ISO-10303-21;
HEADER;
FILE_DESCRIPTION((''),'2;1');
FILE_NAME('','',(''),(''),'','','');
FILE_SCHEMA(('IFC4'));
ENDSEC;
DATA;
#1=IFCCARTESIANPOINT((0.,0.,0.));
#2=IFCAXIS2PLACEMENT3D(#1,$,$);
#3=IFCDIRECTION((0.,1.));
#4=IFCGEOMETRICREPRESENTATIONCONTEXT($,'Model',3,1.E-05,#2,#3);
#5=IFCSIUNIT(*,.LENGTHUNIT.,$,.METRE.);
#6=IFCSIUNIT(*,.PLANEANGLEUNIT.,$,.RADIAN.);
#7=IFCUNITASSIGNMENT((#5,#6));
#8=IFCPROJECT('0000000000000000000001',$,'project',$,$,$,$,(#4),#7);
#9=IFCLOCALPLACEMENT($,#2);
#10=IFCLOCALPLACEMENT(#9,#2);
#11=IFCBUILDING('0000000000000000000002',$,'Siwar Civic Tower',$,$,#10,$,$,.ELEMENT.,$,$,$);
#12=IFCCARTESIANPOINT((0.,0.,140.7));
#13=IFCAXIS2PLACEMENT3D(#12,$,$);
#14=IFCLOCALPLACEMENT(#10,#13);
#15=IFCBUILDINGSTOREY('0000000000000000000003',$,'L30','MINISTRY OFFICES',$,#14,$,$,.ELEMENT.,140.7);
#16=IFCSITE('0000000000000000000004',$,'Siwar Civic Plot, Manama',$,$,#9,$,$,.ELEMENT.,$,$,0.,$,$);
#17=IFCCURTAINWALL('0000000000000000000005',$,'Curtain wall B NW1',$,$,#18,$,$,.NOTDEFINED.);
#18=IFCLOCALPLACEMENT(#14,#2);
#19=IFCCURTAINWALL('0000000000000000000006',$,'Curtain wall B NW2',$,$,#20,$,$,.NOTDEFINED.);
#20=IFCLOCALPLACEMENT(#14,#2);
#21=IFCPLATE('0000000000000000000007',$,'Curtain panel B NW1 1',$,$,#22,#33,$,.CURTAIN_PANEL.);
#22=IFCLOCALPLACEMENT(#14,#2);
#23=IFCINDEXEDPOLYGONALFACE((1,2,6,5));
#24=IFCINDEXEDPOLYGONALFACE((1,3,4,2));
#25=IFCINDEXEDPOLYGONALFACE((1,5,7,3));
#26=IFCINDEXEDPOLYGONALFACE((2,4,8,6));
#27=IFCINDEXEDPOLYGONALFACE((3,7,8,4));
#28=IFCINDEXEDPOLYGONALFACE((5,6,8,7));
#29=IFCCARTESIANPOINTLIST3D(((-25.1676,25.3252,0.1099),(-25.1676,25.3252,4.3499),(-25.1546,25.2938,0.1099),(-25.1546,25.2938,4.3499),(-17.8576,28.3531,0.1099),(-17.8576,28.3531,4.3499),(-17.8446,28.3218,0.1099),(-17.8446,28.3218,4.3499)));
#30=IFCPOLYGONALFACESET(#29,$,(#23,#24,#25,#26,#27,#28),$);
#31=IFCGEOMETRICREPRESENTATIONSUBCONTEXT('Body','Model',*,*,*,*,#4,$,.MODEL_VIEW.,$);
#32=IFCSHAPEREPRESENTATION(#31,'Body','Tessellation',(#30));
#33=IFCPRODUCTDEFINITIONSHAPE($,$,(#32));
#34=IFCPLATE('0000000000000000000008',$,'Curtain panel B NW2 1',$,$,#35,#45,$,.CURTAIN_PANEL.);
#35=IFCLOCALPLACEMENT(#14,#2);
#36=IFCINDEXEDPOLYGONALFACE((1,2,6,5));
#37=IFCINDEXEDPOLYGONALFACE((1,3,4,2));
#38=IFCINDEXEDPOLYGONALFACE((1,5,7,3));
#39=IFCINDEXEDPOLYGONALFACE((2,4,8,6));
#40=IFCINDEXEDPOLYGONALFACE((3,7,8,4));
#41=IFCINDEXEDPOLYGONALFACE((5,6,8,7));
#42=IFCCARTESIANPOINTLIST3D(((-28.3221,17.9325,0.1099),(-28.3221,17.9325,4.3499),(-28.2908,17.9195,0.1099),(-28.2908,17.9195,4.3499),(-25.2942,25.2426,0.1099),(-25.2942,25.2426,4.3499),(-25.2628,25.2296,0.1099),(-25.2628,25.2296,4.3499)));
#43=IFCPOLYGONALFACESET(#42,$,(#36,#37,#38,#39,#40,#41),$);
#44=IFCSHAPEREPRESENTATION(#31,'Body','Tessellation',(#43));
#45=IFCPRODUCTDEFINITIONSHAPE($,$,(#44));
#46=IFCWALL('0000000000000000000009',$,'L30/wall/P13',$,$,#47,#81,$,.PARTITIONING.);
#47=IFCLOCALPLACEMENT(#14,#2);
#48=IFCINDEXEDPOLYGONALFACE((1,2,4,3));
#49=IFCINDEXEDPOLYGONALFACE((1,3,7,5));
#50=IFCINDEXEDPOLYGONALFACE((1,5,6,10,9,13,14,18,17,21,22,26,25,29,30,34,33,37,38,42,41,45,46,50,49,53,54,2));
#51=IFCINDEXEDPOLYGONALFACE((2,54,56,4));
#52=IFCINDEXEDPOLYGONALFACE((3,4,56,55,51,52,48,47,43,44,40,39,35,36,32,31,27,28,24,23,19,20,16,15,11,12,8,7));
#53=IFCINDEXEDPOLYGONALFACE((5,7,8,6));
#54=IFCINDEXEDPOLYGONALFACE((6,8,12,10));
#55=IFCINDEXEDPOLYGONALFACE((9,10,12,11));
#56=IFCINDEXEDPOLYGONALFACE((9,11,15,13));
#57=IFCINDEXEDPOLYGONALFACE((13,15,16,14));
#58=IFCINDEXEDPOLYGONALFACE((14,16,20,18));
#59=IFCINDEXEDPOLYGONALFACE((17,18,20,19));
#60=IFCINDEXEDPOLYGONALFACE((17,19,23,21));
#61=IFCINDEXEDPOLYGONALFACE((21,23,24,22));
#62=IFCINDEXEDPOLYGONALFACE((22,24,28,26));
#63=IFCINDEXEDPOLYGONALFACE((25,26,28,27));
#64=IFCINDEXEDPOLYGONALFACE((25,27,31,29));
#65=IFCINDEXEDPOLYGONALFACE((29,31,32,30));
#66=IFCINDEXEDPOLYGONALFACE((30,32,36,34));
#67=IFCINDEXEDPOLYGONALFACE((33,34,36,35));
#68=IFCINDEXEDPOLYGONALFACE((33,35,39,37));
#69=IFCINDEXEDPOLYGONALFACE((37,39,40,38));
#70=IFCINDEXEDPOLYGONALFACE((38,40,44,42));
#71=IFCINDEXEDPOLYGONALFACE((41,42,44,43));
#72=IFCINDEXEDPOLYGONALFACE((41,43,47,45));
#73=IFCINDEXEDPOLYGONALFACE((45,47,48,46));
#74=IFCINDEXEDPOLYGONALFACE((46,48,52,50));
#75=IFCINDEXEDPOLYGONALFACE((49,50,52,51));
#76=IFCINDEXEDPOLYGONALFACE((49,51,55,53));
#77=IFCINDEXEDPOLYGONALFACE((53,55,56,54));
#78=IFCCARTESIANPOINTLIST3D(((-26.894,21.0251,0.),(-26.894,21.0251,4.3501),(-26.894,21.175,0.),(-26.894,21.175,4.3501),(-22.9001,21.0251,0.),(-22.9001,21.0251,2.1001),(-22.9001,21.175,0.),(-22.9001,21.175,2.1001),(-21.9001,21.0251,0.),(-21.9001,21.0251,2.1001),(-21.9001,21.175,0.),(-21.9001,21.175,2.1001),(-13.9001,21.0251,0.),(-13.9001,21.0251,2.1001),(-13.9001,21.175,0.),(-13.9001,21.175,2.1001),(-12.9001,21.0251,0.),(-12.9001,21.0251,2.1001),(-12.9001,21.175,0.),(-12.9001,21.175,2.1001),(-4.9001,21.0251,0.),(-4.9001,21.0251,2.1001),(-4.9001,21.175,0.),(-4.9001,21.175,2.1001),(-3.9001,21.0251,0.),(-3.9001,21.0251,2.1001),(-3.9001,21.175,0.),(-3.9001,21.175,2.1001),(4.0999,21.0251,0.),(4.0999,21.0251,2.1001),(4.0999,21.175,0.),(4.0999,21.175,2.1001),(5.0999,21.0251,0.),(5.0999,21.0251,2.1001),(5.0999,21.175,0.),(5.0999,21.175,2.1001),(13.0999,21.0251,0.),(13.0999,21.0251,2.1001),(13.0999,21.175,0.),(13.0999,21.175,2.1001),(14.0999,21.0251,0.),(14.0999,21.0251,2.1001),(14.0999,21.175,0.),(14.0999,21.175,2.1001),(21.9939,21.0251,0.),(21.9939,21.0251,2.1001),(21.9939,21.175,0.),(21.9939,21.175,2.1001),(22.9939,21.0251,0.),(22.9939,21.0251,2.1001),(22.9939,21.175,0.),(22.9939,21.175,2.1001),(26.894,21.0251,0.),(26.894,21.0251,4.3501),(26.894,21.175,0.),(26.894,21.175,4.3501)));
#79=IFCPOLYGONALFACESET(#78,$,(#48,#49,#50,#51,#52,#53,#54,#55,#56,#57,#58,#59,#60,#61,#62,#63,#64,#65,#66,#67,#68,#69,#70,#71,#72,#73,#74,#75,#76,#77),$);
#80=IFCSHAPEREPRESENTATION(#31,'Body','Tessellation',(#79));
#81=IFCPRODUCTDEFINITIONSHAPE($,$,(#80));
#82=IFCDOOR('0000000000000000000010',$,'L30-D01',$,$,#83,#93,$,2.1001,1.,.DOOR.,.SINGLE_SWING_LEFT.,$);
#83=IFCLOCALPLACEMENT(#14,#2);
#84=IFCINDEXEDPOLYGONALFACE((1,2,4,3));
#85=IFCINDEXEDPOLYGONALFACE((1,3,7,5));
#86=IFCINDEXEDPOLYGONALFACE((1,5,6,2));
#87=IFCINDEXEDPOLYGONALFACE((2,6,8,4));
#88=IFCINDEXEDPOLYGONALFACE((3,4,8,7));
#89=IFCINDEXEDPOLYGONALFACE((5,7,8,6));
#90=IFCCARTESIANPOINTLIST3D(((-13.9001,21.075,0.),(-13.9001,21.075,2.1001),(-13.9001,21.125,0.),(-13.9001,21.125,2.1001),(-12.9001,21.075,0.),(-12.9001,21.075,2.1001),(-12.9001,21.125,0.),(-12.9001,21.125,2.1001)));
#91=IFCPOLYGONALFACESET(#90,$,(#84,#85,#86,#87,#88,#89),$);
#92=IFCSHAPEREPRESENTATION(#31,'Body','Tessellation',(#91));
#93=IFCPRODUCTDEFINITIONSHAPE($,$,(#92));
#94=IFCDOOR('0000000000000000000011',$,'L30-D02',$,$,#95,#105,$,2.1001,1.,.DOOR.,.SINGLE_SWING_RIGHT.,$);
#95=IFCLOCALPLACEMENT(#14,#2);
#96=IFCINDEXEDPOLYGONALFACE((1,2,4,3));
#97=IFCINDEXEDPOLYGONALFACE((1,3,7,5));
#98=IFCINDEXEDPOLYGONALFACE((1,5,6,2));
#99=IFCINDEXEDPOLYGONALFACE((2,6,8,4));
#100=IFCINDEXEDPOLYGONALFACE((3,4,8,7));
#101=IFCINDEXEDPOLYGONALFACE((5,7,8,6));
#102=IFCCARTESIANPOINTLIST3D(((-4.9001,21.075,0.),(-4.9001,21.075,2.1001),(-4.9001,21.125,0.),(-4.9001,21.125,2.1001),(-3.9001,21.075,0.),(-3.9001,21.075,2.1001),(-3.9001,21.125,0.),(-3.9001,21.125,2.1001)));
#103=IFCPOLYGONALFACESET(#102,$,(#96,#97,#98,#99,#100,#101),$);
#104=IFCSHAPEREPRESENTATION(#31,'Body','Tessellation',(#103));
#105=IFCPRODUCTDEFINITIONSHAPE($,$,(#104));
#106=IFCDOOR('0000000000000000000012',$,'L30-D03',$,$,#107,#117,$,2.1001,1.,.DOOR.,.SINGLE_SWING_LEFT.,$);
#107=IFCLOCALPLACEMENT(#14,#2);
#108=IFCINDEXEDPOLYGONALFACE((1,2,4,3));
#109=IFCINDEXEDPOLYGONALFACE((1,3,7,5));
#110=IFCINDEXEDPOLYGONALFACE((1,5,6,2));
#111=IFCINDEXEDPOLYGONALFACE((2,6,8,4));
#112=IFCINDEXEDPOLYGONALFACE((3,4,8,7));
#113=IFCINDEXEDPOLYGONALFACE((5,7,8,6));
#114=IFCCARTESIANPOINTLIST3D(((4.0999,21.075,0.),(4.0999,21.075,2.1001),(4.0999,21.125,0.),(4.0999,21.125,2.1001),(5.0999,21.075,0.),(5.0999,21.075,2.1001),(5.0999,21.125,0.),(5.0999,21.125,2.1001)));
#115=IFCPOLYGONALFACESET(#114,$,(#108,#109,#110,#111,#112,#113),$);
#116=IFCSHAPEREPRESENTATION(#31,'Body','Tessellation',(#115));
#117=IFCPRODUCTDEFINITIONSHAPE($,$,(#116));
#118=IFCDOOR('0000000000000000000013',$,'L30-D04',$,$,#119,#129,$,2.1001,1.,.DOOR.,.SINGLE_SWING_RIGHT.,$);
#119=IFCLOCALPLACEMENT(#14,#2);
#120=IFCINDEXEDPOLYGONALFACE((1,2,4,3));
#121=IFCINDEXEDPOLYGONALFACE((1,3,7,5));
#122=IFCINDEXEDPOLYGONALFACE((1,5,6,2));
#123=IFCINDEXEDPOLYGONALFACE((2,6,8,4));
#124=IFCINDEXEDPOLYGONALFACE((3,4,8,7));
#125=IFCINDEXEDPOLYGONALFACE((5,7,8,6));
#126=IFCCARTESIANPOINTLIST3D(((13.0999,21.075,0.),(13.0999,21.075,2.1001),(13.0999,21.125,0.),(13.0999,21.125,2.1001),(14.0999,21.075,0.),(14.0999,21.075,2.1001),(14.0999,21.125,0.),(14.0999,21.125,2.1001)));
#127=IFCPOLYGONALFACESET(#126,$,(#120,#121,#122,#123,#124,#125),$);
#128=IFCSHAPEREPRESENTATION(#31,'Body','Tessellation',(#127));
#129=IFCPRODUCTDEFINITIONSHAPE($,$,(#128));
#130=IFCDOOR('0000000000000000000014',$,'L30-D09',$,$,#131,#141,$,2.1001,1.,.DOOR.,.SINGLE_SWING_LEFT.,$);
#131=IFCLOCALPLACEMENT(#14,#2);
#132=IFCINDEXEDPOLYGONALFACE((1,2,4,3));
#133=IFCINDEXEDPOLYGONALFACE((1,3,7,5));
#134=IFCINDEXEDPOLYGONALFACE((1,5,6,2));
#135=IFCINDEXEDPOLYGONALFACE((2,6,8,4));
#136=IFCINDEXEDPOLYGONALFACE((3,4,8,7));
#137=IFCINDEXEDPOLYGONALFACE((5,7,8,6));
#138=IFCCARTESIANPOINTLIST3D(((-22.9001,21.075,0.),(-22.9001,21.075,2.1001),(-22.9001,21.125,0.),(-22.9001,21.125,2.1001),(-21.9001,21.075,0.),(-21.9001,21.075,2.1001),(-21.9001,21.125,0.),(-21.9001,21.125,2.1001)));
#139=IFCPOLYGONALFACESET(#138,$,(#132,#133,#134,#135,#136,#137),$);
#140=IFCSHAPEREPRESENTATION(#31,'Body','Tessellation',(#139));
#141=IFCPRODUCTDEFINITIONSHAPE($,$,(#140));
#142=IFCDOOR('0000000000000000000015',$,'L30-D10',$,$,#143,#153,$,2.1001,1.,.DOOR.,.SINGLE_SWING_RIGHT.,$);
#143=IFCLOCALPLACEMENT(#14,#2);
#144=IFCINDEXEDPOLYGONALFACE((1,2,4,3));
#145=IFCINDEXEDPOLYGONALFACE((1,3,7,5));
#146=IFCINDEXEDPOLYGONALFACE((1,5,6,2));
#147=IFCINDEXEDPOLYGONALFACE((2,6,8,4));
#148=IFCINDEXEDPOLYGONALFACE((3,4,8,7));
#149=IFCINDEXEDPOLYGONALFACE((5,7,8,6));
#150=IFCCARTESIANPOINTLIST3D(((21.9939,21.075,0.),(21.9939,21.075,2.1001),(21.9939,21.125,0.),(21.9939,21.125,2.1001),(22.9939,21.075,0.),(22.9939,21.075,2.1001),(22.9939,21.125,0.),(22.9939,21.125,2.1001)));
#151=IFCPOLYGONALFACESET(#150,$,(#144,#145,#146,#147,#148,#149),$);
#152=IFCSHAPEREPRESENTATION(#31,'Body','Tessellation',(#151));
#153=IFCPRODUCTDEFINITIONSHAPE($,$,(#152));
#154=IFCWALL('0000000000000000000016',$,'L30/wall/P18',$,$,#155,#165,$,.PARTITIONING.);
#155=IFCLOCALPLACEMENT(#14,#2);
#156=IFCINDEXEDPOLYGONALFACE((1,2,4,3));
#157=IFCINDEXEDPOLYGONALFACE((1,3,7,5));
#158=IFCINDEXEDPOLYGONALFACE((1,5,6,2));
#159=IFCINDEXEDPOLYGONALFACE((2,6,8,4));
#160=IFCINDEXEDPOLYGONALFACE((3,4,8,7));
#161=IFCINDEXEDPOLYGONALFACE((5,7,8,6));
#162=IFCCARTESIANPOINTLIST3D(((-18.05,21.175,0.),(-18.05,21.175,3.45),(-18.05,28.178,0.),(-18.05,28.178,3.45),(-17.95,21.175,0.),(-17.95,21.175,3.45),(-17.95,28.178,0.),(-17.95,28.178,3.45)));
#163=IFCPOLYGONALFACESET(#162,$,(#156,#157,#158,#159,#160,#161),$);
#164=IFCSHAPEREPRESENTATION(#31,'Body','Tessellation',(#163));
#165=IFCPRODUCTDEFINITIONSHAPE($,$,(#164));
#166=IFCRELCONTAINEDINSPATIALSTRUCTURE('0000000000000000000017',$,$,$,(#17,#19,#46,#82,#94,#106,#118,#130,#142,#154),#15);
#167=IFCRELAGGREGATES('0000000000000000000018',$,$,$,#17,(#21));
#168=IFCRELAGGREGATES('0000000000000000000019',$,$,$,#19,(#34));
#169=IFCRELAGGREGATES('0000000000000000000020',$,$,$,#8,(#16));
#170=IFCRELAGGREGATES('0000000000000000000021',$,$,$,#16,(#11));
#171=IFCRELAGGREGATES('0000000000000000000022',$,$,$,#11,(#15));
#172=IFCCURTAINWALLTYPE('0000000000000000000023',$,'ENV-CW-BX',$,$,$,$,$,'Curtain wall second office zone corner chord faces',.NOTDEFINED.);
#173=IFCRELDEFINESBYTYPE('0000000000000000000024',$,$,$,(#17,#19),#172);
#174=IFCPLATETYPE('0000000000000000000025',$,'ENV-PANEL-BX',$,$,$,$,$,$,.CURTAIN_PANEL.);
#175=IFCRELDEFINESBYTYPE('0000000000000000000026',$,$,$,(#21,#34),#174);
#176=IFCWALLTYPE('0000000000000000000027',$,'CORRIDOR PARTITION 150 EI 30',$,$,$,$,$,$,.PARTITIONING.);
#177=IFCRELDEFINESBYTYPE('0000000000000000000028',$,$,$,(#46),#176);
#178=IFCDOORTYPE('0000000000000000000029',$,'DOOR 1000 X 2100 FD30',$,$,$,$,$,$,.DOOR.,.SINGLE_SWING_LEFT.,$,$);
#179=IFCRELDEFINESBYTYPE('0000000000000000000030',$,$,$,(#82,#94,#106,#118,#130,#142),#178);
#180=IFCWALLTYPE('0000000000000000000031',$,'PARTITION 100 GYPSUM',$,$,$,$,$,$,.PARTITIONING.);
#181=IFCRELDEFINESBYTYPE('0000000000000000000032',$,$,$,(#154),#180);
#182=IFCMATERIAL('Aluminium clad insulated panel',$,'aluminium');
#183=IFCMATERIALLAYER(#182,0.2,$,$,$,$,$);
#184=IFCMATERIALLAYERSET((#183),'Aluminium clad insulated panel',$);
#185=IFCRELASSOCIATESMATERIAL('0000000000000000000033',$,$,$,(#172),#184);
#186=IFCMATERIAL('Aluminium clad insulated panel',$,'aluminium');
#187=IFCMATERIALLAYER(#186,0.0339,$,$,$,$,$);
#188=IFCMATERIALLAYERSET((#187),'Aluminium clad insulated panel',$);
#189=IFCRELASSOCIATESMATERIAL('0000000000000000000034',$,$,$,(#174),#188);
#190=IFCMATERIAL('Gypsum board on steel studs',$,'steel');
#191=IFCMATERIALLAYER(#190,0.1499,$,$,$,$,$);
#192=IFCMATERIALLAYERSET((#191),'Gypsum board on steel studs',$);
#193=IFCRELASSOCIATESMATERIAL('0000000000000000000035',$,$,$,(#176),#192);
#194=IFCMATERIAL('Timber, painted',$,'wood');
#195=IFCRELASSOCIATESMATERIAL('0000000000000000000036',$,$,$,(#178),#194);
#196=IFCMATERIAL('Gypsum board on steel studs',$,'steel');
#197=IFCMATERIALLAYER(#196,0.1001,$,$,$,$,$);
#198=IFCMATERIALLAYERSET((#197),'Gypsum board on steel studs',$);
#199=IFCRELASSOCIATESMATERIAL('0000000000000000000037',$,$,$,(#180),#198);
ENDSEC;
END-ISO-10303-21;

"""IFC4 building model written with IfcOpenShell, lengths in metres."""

from ifc_helpers import new_model, si_unit, direction, frame, frame_2d, origin, origin_2d, place, context, subcontext, project, spatial, rectangle, extrude, material, layer, layer_set, type_object, element, fill, aggregate, save


model = new_model("IFC4")

# Units and contexts
model_context = context("Model", 3, precision=1e-05, world=origin(), true_north=direction((0.0, 1.0)))
body_context = subcontext(model_context, "Body", "Model", "MODEL_VIEW")
ifc_project = project(units=[si_unit("LENGTHUNIT", "METRE"), si_unit("PLANEANGLEUNIT", "RADIAN")], contexts=[model_context])

# Site, building, storey
site_placement = place(None, origin())
site = spatial("IfcSite", under=ifc_project, at=site_placement, Name="Siwar Civic Plot, Manama", CompositionType="ELEMENT", RefElevation=0.0)
building_placement = place(site_placement, origin())
building = spatial("IfcBuilding", under=site, at=building_placement, Name="Siwar Civic Tower", CompositionType="ELEMENT")
storey_placement = place(building_placement, frame((0.0, 0.0, 140.7)))
storey = spatial("IfcBuildingStorey", under=building, at=storey_placement, Name="L30", Description="MINISTRY OFFICES", CompositionType="ELEMENT", Elevation=140.7)

# Curtain walls
ifc_material_1 = material(Name="Aluminium clad insulated panel", Category="aluminium")
ifc_layer_1 = layer(ifc_material_1, 0.2)
ifc_layer_set_1 = layer_set([ifc_layer_1], Name="Aluminium clad insulated panel")
curtain_wall_type = type_object("IfcCurtainWallType", Name="ENV-CW-BX", ElementType="Curtain wall second office zone corner chord faces", PredefinedType="NOTDEFINED", material=ifc_layer_set_1)
curtain_wall_1_placement = place(storey_placement, origin())
curtain_wall_1 = element("IfcCurtainWall", 1, at=curtain_wall_1_placement, inside=storey, type_object=curtain_wall_type, Name="Curtain wall B NW1", PredefinedType="NOTDEFINED")
curtain_wall_2_placement = place(storey_placement, origin())
curtain_wall_2 = element("IfcCurtainWall", 2, at=curtain_wall_2_placement, inside=storey, type_object=curtain_wall_type, Name="Curtain wall B NW2", PredefinedType="NOTDEFINED")

# Plates
ifc_material_2 = material(Name="Aluminium clad insulated panel", Category="aluminium")
ifc_layer_2 = layer(ifc_material_2, 0.0339)
ifc_layer_set_2 = layer_set([ifc_layer_2], Name="Aluminium clad insulated panel")
plate_type = type_object("IfcPlateType", Name="ENV-PANEL-BX", PredefinedType="CURTAIN_PANEL", material=ifc_layer_set_2)
plate_1_placement = place(storey_placement, frame((-21.5061, 26.8235, 0.1099), z_axis=(0.0, 0.0, 1.0), x_axis=(-0.92388, -0.382683, 0.0)))
plate_1 = element("IfcPlate", 3, at=plate_1_placement, type_object=plate_type, Name="Curtain panel B NW1 1", PredefinedType="CURTAIN_PANEL", context=body_context, shape_type="SweptSolid", body=[
    extrude(rectangle(XDim=7.9124, YDim=0.0339, at=origin_2d()), origin(), (0.0, 0.0, 1.0), 4.24),
])
aggregate(curtain_wall_1, [plate_1])
plate_2_placement = place(storey_placement, frame((-26.7925, 21.5811, 0.1099), z_axis=(0.0, 0.0, 1.0), x_axis=(-0.382683, -0.92388, 0.0)))
plate_2 = element("IfcPlate", 4, at=plate_2_placement, type_object=plate_type, Name="Curtain panel B NW2 1", PredefinedType="CURTAIN_PANEL", context=body_context, shape_type="SweptSolid", body=[
    extrude(rectangle(XDim=7.9124, YDim=0.0339, at=origin_2d()), origin(), (0.0, 0.0, 1.0), 4.24),
])
aggregate(curtain_wall_2, [plate_2])

# Wall, openings, doors
ifc_material_3 = material(Name="Gypsum board on steel studs", Category="steel")
ifc_layer_3 = layer(ifc_material_3, 0.1499)
ifc_layer_set_3 = layer_set([ifc_layer_3], Name="Gypsum board on steel studs")
wall_type_1 = type_object("IfcWallType", Name="CORRIDOR PARTITION 150 EI 30", PredefinedType="PARTITIONING", material=ifc_layer_set_3)
wall_1_placement = place(storey_placement, frame((-26.894, 21.1001, 0.0), z_axis=(0.0, 0.0, 1.0), x_axis=(1.0, 0.0, 0.0)))
wall_1 = element("IfcWall", 5, at=wall_1_placement, inside=storey, type_object=wall_type_1, Name="L30/wall/P13", PredefinedType="PARTITIONING", context=body_context, shape_type="SweptSolid", body=[
    extrude(rectangle(XDim=53.7881, YDim=0.1499, at=frame_2d((26.894, 0.0))), origin(), (0.0, 0.0, 1.0), 4.3501),
])
opening_1_placement = place(wall_1_placement, frame((12.9939, 0.0, 0.0)))
opening_1 = element("IfcOpeningElement", 6, at=opening_1_placement, cuts=wall_1, PredefinedType="OPENING", context=body_context, shape_type="SweptSolid", body=[
    extrude(rectangle(XDim=1.0, YDim=2.1001, at=frame_2d((0.5, 1.05))), frame((0.0, 0.085, 0.0), z_axis=(0.0, -1.0, 0.0), x_axis=(1.0, 0.0, 0.0)), (0.0, 0.0, 1.0), 0.1699),
])
opening_2_placement = place(wall_1_placement, frame((21.9939, 0.0, 0.0)))
opening_2 = element("IfcOpeningElement", 7, at=opening_2_placement, cuts=wall_1, PredefinedType="OPENING", context=body_context, shape_type="SweptSolid", body=[
    extrude(rectangle(XDim=1.0, YDim=2.1001, at=frame_2d((0.5, 1.05))), frame((0.0, 0.085, 0.0), z_axis=(0.0, -1.0, 0.0), x_axis=(1.0, 0.0, 0.0)), (0.0, 0.0, 1.0), 0.1699),
])
opening_3_placement = place(wall_1_placement, frame((30.9939, 0.0, 0.0)))
opening_3 = element("IfcOpeningElement", 8, at=opening_3_placement, cuts=wall_1, PredefinedType="OPENING", context=body_context, shape_type="SweptSolid", body=[
    extrude(rectangle(XDim=1.0, YDim=2.1001, at=frame_2d((0.5, 1.05))), frame((0.0, 0.085, 0.0), z_axis=(0.0, -1.0, 0.0), x_axis=(1.0, 0.0, 0.0)), (0.0, 0.0, 1.0), 0.1699),
])
opening_4_placement = place(wall_1_placement, frame((39.9939, 0.0, 0.0)))
opening_4 = element("IfcOpeningElement", 9, at=opening_4_placement, cuts=wall_1, PredefinedType="OPENING", context=body_context, shape_type="SweptSolid", body=[
    extrude(rectangle(XDim=1.0, YDim=2.1001, at=frame_2d((0.5, 1.05))), frame((0.0, 0.085, 0.0), z_axis=(0.0, -1.0, 0.0), x_axis=(1.0, 0.0, 0.0)), (0.0, 0.0, 1.0), 0.1699),
])
opening_5_placement = place(wall_1_placement, frame((3.9939, 0.0, 0.0)))
opening_5 = element("IfcOpeningElement", 10, at=opening_5_placement, cuts=wall_1, PredefinedType="OPENING", context=body_context, shape_type="SweptSolid", body=[
    extrude(rectangle(XDim=1.0, YDim=2.1001, at=frame_2d((0.5, 1.05))), frame((0.0, 0.085, 0.0), z_axis=(0.0, -1.0, 0.0), x_axis=(1.0, 0.0, 0.0)), (0.0, 0.0, 1.0), 0.1699),
])
opening_6_placement = place(wall_1_placement, frame((48.8879, 0.0, 0.0)))
opening_6 = element("IfcOpeningElement", 11, at=opening_6_placement, cuts=wall_1, PredefinedType="OPENING", context=body_context, shape_type="SweptSolid", body=[
    extrude(rectangle(XDim=1.0, YDim=2.1001, at=frame_2d((0.5, 1.05))), frame((0.0, 0.085, 0.0), z_axis=(0.0, -1.0, 0.0), x_axis=(1.0, 0.0, 0.0)), (0.0, 0.0, 1.0), 0.1699),
])
ifc_material_4 = material(Name="Timber, painted", Category="wood")
door_type = type_object("IfcDoorType", Name="DOOR 1000 X 2100 FD30", OperationType="SINGLE_SWING_LEFT", PredefinedType="DOOR", material=ifc_material_4)
door_1_placement = place(opening_1_placement, origin())
door_1 = element("IfcDoor", 12, at=door_1_placement, inside=storey, type_object=door_type, Name="L30-D01", OperationType="SINGLE_SWING_LEFT", OverallHeight=2.1001, OverallWidth=1.0, PredefinedType="DOOR", context=body_context, shape_type="SweptSolid", body=[
    extrude(rectangle(XDim=1.0, YDim=2.1001, at=frame_2d((0.5, 1.05))), frame((0.0, 0.0249, 0.0), z_axis=(0.0, -1.0, 0.0), x_axis=(1.0, 0.0, 0.0)), (0.0, 0.0, 1.0), 0.05),
])
fill(opening_1, door_1)
door_2_placement = place(opening_2_placement, origin())
door_2 = element("IfcDoor", 13, at=door_2_placement, inside=storey, type_object=door_type, Name="L30-D02", OperationType="SINGLE_SWING_RIGHT", OverallHeight=2.1001, OverallWidth=1.0, PredefinedType="DOOR", context=body_context, shape_type="SweptSolid", body=[
    extrude(rectangle(XDim=1.0, YDim=2.1001, at=frame_2d((0.5, 1.05))), frame((0.0, 0.0249, 0.0), z_axis=(0.0, -1.0, 0.0), x_axis=(1.0, 0.0, 0.0)), (0.0, 0.0, 1.0), 0.05),
])
fill(opening_2, door_2)
door_3_placement = place(opening_3_placement, origin())
door_3 = element("IfcDoor", 14, at=door_3_placement, inside=storey, type_object=door_type, Name="L30-D03", OperationType="SINGLE_SWING_LEFT", OverallHeight=2.1001, OverallWidth=1.0, PredefinedType="DOOR", context=body_context, shape_type="SweptSolid", body=[
    extrude(rectangle(XDim=1.0, YDim=2.1001, at=frame_2d((0.5, 1.05))), frame((0.0, 0.0249, 0.0), z_axis=(0.0, -1.0, 0.0), x_axis=(1.0, 0.0, 0.0)), (0.0, 0.0, 1.0), 0.05),
])
fill(opening_3, door_3)
door_4_placement = place(opening_4_placement, origin())
door_4 = element("IfcDoor", 15, at=door_4_placement, inside=storey, type_object=door_type, Name="L30-D04", OperationType="SINGLE_SWING_RIGHT", OverallHeight=2.1001, OverallWidth=1.0, PredefinedType="DOOR", context=body_context, shape_type="SweptSolid", body=[
    extrude(rectangle(XDim=1.0, YDim=2.1001, at=frame_2d((0.5, 1.05))), frame((0.0, 0.0249, 0.0), z_axis=(0.0, -1.0, 0.0), x_axis=(1.0, 0.0, 0.0)), (0.0, 0.0, 1.0), 0.05),
])
fill(opening_4, door_4)
door_5_placement = place(opening_5_placement, origin())
door_5 = element("IfcDoor", 16, at=door_5_placement, inside=storey, type_object=door_type, Name="L30-D09", OperationType="SINGLE_SWING_LEFT", OverallHeight=2.1001, OverallWidth=1.0, PredefinedType="DOOR", context=body_context, shape_type="SweptSolid", body=[
    extrude(rectangle(XDim=1.0, YDim=2.1001, at=frame_2d((0.5, 1.05))), frame((0.0, 0.0249, 0.0), z_axis=(0.0, -1.0, 0.0), x_axis=(1.0, 0.0, 0.0)), (0.0, 0.0, 1.0), 0.05),
])
fill(opening_5, door_5)
door_6_placement = place(opening_6_placement, origin())
door_6 = element("IfcDoor", 17, at=door_6_placement, inside=storey, type_object=door_type, Name="L30-D10", OperationType="SINGLE_SWING_RIGHT", OverallHeight=2.1001, OverallWidth=1.0, PredefinedType="DOOR", context=body_context, shape_type="SweptSolid", body=[
    extrude(rectangle(XDim=1.0, YDim=2.1001, at=frame_2d((0.5, 1.05))), frame((0.0, 0.0249, 0.0), z_axis=(0.0, -1.0, 0.0), x_axis=(1.0, 0.0, 0.0)), (0.0, 0.0, 1.0), 0.05),
])
fill(opening_6, door_6)

# Wall
ifc_material_5 = material(Name="Gypsum board on steel studs", Category="steel")
ifc_layer_4 = layer(ifc_material_5, 0.1001)
ifc_layer_set_4 = layer_set([ifc_layer_4], Name="Gypsum board on steel studs")
wall_type_2 = type_object("IfcWallType", Name="PARTITION 100 GYPSUM", PredefinedType="PARTITIONING", material=ifc_layer_set_4)
wall_2_placement = place(storey_placement, frame((-18.0, 21.175, 0.0), z_axis=(0.0, 0.0, 1.0), x_axis=(0.0, 1.0, 0.0)))
element("IfcWall", 18, at=wall_2_placement, inside=storey, type_object=wall_type_2, Name="L30/wall/P18", PredefinedType="PARTITIONING", context=body_context, shape_type="SweptSolid", body=[
    extrude(rectangle(XDim=7.0029, YDim=0.1001, at=frame_2d((3.5015, 0.0))), origin(), (0.0, 0.0, 1.0), 3.45),
])

save(model, "model.ifc")
